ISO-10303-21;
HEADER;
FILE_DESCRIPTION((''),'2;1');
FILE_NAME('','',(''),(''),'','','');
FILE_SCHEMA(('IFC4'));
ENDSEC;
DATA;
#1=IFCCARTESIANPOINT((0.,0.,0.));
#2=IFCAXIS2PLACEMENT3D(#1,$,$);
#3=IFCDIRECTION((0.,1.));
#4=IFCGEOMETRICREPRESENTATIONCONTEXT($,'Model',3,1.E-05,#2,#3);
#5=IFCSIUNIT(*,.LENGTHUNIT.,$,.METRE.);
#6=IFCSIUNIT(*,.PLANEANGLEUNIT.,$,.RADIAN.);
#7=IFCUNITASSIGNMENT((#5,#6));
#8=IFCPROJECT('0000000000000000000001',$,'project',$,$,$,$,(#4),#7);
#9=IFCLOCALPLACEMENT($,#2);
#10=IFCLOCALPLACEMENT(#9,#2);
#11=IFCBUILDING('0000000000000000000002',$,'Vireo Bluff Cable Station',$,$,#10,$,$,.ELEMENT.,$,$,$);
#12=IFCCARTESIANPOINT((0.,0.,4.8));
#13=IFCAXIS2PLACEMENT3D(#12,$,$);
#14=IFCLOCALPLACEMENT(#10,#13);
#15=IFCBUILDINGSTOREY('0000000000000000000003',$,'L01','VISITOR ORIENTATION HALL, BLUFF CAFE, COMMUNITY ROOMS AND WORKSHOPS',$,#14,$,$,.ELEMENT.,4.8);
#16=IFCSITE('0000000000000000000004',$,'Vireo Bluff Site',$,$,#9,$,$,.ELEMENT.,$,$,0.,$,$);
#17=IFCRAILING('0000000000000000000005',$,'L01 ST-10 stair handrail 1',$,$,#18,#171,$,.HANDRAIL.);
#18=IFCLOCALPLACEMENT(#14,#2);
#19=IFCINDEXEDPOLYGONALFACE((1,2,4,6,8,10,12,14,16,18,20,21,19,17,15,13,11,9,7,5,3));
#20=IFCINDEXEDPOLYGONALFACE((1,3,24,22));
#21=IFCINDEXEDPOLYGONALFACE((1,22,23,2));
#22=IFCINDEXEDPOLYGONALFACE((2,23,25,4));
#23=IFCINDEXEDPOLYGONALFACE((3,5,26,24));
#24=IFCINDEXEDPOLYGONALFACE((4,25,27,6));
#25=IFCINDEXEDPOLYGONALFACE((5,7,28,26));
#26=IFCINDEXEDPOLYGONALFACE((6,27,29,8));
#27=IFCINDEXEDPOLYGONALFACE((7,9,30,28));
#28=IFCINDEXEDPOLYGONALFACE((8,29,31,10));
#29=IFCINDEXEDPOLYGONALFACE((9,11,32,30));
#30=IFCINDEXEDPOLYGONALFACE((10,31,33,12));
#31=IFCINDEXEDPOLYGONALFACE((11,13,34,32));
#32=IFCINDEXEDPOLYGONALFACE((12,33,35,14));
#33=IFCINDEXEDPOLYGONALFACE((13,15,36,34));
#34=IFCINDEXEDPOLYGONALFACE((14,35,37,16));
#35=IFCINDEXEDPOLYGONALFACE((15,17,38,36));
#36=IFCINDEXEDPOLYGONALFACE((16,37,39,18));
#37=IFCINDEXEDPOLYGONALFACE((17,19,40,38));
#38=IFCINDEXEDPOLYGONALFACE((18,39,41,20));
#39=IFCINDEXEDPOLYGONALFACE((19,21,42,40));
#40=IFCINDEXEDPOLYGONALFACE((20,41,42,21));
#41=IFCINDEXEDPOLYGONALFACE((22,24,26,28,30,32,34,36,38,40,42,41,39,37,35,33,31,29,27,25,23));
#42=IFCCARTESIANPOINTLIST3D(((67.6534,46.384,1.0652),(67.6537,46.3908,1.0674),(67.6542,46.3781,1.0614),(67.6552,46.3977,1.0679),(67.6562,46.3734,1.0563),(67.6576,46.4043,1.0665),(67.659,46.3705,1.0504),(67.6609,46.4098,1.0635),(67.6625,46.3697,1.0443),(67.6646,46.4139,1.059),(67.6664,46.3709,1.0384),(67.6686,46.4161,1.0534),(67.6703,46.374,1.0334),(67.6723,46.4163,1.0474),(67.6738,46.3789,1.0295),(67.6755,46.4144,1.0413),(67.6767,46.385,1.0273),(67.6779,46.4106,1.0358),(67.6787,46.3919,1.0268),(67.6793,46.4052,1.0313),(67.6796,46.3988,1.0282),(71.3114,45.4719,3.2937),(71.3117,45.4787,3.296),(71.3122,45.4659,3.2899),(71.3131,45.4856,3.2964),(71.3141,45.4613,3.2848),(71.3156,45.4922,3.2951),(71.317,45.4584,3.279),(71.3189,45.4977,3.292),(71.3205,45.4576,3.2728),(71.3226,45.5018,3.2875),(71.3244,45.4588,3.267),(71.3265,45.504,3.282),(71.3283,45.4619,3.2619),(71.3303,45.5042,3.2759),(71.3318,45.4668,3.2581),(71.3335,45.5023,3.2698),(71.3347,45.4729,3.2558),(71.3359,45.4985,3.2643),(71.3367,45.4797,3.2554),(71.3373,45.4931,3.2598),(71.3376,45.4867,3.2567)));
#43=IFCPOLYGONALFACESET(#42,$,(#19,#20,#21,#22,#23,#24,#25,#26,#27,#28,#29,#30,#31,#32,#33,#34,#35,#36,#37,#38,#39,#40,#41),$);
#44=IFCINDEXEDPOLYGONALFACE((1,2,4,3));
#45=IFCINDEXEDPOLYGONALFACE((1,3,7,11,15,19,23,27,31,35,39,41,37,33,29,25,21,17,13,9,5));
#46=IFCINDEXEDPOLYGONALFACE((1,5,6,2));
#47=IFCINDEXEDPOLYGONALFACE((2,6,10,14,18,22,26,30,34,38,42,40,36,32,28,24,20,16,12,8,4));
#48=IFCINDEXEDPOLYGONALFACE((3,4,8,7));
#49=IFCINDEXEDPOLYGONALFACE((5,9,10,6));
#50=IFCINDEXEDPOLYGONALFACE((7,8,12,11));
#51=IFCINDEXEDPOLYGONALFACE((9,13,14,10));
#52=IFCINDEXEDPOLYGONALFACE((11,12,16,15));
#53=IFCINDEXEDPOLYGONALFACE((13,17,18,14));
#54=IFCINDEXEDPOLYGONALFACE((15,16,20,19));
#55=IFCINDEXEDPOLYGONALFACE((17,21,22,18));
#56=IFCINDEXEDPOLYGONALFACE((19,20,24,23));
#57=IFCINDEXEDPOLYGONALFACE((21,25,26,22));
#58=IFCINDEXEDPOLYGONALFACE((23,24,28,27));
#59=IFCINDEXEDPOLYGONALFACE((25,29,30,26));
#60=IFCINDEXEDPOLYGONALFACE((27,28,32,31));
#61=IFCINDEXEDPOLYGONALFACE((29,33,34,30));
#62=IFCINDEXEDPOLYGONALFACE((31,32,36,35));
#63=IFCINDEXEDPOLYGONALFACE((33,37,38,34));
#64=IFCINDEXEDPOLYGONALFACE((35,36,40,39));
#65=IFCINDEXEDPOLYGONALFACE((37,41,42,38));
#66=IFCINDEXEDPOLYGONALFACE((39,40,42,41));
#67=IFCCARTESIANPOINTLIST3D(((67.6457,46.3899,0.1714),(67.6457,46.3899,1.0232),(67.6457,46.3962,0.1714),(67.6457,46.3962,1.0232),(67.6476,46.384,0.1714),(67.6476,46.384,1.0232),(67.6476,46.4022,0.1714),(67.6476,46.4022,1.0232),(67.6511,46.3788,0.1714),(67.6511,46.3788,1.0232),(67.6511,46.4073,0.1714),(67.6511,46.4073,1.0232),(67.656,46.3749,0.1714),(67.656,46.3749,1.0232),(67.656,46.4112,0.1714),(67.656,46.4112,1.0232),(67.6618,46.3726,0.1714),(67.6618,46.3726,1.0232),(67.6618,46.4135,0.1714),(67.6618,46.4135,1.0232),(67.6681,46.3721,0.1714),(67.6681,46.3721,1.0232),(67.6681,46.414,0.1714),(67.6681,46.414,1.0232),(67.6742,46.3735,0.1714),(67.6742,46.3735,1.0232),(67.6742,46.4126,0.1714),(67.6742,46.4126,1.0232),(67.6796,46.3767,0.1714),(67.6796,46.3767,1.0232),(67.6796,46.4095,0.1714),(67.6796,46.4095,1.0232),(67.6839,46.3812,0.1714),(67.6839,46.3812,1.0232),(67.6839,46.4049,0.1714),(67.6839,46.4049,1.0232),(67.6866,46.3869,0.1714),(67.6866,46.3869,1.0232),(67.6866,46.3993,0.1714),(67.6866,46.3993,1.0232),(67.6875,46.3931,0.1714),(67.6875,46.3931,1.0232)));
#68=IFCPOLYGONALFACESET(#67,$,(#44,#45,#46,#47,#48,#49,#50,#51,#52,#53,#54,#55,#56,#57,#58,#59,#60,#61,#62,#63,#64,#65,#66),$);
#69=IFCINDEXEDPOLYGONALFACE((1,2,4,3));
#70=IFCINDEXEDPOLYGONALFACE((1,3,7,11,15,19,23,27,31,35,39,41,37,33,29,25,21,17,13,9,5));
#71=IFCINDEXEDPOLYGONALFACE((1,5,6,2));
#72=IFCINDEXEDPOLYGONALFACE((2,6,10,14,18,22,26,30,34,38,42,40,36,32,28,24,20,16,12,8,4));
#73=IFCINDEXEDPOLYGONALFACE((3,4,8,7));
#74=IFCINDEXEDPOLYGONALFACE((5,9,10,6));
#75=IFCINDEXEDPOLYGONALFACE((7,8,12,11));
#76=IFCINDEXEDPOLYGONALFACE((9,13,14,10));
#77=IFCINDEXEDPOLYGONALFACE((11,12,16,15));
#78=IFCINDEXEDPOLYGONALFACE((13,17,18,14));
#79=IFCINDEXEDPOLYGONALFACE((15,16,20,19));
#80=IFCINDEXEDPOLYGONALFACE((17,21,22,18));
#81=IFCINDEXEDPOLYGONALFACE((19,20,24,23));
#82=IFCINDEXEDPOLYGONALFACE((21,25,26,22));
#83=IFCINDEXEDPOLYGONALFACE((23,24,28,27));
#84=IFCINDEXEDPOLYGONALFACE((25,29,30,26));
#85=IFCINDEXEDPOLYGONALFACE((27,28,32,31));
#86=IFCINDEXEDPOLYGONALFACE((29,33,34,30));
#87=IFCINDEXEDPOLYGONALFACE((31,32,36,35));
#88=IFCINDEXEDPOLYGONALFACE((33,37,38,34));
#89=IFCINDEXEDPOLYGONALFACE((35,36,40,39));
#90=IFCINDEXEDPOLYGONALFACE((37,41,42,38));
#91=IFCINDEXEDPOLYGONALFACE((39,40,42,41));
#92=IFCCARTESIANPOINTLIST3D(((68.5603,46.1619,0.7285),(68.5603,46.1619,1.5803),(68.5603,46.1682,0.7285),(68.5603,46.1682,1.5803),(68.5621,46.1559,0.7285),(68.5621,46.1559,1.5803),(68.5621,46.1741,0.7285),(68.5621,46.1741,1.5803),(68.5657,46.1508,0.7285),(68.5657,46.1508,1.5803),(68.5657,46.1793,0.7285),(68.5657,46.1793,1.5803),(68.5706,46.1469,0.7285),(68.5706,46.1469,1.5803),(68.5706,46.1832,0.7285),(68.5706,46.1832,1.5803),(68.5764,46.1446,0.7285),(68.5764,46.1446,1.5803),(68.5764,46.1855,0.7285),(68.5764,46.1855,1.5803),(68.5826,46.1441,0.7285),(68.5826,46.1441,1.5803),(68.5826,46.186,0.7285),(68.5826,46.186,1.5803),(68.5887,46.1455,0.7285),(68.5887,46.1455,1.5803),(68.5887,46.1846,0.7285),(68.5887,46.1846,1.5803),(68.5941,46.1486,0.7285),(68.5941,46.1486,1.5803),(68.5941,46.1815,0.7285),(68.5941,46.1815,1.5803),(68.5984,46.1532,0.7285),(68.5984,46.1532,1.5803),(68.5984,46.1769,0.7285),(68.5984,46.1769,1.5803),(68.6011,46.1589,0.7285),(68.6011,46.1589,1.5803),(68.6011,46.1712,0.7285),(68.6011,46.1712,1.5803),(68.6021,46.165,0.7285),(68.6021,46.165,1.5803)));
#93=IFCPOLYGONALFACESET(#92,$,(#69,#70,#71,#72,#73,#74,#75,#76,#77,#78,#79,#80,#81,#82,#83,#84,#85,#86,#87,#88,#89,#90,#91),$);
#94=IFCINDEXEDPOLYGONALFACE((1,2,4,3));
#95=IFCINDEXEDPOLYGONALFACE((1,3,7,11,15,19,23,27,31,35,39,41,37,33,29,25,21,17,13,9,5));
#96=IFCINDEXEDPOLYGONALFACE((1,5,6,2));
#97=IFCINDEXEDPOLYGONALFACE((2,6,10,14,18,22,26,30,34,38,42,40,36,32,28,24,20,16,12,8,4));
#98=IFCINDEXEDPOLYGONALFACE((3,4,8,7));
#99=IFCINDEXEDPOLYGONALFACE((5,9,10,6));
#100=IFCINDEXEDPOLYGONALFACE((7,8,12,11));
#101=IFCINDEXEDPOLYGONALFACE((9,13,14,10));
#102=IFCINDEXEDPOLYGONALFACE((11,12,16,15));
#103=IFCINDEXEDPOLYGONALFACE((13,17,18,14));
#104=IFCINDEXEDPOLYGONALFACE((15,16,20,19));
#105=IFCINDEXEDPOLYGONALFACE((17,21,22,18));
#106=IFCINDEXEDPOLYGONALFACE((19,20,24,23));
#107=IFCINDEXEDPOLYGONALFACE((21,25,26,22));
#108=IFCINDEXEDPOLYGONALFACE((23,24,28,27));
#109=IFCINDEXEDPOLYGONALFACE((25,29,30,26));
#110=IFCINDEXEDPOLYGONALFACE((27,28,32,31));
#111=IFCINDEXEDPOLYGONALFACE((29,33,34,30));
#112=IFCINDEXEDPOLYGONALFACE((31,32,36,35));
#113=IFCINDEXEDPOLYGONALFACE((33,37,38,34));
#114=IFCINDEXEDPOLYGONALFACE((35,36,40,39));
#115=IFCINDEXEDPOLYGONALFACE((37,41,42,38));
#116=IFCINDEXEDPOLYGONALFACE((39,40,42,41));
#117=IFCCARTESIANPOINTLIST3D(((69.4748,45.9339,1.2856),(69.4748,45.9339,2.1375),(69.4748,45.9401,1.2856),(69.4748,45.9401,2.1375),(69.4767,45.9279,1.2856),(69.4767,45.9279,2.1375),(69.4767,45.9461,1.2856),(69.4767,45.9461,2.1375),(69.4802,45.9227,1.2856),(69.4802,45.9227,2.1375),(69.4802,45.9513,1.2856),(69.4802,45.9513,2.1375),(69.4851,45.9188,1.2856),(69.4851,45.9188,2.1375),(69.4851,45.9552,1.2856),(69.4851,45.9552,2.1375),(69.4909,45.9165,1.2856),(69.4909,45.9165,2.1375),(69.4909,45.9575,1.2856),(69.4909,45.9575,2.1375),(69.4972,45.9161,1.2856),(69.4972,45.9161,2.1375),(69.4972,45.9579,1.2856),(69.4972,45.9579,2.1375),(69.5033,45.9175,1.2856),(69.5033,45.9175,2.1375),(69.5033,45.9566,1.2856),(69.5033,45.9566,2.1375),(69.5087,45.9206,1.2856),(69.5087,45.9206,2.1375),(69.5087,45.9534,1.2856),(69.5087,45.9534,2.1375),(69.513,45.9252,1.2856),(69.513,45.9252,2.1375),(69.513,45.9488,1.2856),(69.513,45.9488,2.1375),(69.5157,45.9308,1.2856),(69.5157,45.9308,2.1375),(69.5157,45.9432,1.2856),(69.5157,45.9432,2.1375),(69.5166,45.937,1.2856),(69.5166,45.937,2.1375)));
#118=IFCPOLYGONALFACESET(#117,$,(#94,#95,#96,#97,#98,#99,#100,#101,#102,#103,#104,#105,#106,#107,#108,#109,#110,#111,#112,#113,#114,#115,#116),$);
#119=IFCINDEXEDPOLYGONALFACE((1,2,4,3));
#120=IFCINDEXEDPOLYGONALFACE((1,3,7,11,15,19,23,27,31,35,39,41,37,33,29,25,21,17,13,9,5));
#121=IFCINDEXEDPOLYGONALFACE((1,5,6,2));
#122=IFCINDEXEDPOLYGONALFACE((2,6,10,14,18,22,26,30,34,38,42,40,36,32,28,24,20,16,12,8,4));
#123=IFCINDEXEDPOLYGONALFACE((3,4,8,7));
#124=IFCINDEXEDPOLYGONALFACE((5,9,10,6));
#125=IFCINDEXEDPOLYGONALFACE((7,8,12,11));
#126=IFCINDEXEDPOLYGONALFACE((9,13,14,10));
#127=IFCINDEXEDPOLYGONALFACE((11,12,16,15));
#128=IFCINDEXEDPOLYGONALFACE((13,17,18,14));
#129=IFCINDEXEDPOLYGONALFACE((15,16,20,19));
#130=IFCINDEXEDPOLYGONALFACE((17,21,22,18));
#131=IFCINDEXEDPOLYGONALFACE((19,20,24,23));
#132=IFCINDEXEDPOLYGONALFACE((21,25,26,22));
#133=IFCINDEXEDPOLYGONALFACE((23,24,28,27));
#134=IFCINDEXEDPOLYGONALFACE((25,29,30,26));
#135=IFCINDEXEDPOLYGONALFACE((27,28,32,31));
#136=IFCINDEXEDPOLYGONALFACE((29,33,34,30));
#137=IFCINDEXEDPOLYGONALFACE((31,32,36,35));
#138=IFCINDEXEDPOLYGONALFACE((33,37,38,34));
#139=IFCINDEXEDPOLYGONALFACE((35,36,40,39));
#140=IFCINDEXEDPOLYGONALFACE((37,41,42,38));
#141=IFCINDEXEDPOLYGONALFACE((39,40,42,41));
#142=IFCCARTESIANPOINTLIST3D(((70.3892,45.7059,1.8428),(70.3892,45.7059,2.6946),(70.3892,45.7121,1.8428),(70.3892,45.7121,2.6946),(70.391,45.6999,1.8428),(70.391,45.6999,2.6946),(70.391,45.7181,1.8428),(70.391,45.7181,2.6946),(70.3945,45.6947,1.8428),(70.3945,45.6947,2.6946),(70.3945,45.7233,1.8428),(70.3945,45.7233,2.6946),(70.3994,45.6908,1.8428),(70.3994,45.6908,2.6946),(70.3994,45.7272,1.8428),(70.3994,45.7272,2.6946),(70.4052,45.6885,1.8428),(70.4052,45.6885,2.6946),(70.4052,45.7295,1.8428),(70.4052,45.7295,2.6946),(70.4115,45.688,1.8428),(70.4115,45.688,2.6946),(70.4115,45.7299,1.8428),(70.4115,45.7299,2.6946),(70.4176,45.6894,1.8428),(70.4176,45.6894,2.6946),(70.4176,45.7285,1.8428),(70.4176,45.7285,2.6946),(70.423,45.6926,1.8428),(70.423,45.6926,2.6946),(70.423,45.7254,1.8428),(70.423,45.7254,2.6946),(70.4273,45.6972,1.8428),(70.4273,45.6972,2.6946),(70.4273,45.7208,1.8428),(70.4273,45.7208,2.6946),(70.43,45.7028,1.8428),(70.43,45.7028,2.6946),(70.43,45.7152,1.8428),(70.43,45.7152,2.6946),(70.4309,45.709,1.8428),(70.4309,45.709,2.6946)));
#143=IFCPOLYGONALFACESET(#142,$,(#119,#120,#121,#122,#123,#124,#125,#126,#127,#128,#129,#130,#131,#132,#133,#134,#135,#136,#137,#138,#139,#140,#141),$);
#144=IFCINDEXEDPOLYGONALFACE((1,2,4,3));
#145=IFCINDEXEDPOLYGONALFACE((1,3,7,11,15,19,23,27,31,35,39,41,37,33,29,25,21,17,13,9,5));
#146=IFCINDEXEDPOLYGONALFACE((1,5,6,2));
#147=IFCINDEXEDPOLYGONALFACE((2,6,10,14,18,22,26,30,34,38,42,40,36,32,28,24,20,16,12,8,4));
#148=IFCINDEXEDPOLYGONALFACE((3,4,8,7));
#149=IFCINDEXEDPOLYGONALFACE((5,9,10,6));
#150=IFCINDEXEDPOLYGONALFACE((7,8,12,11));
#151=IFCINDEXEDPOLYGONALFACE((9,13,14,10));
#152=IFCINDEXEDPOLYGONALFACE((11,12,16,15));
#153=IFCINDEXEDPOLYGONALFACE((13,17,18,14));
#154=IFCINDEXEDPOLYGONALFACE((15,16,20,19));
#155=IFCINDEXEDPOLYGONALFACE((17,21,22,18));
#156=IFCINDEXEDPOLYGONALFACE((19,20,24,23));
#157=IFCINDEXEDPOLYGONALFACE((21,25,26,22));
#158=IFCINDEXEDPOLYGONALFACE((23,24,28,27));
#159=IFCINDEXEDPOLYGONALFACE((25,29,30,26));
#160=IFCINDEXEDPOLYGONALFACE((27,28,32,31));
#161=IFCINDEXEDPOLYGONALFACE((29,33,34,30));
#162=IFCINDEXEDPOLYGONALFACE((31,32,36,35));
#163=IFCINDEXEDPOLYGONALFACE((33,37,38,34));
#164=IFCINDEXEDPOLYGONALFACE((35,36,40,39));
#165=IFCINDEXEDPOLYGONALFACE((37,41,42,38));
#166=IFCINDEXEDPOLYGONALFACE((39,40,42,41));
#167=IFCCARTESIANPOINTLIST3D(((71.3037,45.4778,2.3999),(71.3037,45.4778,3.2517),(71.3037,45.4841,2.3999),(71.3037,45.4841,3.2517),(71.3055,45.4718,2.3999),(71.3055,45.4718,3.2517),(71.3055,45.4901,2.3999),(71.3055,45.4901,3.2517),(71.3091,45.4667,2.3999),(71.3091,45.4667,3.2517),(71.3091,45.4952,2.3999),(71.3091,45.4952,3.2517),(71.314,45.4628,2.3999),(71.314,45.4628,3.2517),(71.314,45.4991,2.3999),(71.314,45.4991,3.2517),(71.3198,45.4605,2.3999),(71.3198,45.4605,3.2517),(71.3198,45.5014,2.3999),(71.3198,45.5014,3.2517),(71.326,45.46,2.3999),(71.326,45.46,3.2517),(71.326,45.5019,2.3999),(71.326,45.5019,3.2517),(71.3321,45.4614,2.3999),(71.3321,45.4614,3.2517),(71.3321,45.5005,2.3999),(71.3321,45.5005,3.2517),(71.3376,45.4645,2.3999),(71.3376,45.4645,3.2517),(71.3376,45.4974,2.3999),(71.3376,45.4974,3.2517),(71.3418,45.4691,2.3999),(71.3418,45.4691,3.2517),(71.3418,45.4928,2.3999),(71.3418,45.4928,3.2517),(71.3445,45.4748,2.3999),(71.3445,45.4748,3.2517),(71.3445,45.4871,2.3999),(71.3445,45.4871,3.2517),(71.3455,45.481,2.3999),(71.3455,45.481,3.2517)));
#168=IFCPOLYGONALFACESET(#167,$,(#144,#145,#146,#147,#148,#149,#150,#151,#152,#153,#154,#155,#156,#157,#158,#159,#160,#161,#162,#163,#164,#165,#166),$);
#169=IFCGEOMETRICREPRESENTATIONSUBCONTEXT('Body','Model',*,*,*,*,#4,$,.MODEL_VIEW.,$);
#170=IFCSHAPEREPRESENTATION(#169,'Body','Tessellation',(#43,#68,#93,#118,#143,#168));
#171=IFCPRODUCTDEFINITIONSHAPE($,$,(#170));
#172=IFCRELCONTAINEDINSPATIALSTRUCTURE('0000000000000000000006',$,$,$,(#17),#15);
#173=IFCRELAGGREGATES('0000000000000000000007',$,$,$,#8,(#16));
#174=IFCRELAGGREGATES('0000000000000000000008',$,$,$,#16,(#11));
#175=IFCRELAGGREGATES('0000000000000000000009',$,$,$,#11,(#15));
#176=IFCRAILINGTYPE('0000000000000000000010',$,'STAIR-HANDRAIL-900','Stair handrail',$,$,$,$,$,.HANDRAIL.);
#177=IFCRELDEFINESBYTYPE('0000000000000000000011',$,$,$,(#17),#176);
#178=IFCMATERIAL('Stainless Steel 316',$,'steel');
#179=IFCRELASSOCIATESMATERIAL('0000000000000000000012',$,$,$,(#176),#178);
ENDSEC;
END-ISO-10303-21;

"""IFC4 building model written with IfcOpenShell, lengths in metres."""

from ifc_helpers import new_model, si_unit, direction, frame, origin, origin_2d, place, context, subcontext, project, spatial, circle, extrude, material, type_object, element, save


model = new_model("IFC4")

# Units and contexts
model_context = context("Model", 3, precision=1e-05, world=origin(), true_north=direction((0.0, 1.0)))
body_context = subcontext(model_context, "Body", "Model", "MODEL_VIEW")
ifc_project = project(units=[si_unit("LENGTHUNIT", "METRE"), si_unit("PLANEANGLEUNIT", "RADIAN")], contexts=[model_context])

# Site, building, storey
site_placement = place(None, origin())
site = spatial("IfcSite", under=ifc_project, at=site_placement, Name="Vireo Bluff Site", CompositionType="ELEMENT", RefElevation=0.0)
building_placement = place(site_placement, origin())
building = spatial("IfcBuilding", under=site, at=building_placement, Name="Vireo Bluff Cable Station", CompositionType="ELEMENT")
storey_placement = place(building_placement, frame((0.0, 0.0, 4.8)))
storey = spatial("IfcBuildingStorey", under=building, at=storey_placement, Name="L01", Description="VISITOR ORIENTATION HALL, BLUFF CAFE, COMMUNITY ROOMS AND WORKSHOPS", CompositionType="ELEMENT", Elevation=4.8)

# Shared definitions
ifc_material_1 = material(Name="Stainless Steel 316", Category="steel")

# Railing
railing_type_1 = type_object("IfcRailingType", Name="STAIR-HANDRAIL-900", Description="Stair handrail", PredefinedType="HANDRAIL", material=ifc_material_1)
railing_1_placement = place(storey_placement, frame((67.6665, 46.3931, 0.1714)))
element("IfcRailing", 1, at=railing_1_placement, inside=storey, type_object=railing_type_1, Name="L01 ST-10 stair handrail 1", PredefinedType="HANDRAIL", context=body_context, shape_type="SweptSolid", body=[
    extrude(circle(Radius=0.0239, at=origin_2d()), frame((0.0, 0.0, 0.876), z_axis=(0.83527, -0.208274, 0.508867), x_axis=(0.241941, 0.970291, 0.0)), (0.0, 0.0, 1.0), 4.3794),
    extrude(circle(Radius=0.021, at=origin_2d()), origin(), (0.0, 0.0, 1.0), 0.8518),
    extrude(circle(Radius=0.021, at=origin_2d()), frame((0.9146, -0.228, 0.5571)), (0.0, 0.0, 1.0), 0.8518),
    extrude(circle(Radius=0.021, at=origin_2d()), frame((1.8291, -0.4561, 1.1143)), (0.0, 0.0, 1.0), 0.8518),
    extrude(circle(Radius=0.021, at=origin_2d()), frame((2.7434, -0.6841, 1.6714)), (0.0, 0.0, 1.0), 0.8518),
    extrude(circle(Radius=0.021, at=origin_2d()), frame((3.658, -0.9121, 2.2285)), (0.0, 0.0, 1.0), 0.8518),
])

save(model, "model.ifc")
